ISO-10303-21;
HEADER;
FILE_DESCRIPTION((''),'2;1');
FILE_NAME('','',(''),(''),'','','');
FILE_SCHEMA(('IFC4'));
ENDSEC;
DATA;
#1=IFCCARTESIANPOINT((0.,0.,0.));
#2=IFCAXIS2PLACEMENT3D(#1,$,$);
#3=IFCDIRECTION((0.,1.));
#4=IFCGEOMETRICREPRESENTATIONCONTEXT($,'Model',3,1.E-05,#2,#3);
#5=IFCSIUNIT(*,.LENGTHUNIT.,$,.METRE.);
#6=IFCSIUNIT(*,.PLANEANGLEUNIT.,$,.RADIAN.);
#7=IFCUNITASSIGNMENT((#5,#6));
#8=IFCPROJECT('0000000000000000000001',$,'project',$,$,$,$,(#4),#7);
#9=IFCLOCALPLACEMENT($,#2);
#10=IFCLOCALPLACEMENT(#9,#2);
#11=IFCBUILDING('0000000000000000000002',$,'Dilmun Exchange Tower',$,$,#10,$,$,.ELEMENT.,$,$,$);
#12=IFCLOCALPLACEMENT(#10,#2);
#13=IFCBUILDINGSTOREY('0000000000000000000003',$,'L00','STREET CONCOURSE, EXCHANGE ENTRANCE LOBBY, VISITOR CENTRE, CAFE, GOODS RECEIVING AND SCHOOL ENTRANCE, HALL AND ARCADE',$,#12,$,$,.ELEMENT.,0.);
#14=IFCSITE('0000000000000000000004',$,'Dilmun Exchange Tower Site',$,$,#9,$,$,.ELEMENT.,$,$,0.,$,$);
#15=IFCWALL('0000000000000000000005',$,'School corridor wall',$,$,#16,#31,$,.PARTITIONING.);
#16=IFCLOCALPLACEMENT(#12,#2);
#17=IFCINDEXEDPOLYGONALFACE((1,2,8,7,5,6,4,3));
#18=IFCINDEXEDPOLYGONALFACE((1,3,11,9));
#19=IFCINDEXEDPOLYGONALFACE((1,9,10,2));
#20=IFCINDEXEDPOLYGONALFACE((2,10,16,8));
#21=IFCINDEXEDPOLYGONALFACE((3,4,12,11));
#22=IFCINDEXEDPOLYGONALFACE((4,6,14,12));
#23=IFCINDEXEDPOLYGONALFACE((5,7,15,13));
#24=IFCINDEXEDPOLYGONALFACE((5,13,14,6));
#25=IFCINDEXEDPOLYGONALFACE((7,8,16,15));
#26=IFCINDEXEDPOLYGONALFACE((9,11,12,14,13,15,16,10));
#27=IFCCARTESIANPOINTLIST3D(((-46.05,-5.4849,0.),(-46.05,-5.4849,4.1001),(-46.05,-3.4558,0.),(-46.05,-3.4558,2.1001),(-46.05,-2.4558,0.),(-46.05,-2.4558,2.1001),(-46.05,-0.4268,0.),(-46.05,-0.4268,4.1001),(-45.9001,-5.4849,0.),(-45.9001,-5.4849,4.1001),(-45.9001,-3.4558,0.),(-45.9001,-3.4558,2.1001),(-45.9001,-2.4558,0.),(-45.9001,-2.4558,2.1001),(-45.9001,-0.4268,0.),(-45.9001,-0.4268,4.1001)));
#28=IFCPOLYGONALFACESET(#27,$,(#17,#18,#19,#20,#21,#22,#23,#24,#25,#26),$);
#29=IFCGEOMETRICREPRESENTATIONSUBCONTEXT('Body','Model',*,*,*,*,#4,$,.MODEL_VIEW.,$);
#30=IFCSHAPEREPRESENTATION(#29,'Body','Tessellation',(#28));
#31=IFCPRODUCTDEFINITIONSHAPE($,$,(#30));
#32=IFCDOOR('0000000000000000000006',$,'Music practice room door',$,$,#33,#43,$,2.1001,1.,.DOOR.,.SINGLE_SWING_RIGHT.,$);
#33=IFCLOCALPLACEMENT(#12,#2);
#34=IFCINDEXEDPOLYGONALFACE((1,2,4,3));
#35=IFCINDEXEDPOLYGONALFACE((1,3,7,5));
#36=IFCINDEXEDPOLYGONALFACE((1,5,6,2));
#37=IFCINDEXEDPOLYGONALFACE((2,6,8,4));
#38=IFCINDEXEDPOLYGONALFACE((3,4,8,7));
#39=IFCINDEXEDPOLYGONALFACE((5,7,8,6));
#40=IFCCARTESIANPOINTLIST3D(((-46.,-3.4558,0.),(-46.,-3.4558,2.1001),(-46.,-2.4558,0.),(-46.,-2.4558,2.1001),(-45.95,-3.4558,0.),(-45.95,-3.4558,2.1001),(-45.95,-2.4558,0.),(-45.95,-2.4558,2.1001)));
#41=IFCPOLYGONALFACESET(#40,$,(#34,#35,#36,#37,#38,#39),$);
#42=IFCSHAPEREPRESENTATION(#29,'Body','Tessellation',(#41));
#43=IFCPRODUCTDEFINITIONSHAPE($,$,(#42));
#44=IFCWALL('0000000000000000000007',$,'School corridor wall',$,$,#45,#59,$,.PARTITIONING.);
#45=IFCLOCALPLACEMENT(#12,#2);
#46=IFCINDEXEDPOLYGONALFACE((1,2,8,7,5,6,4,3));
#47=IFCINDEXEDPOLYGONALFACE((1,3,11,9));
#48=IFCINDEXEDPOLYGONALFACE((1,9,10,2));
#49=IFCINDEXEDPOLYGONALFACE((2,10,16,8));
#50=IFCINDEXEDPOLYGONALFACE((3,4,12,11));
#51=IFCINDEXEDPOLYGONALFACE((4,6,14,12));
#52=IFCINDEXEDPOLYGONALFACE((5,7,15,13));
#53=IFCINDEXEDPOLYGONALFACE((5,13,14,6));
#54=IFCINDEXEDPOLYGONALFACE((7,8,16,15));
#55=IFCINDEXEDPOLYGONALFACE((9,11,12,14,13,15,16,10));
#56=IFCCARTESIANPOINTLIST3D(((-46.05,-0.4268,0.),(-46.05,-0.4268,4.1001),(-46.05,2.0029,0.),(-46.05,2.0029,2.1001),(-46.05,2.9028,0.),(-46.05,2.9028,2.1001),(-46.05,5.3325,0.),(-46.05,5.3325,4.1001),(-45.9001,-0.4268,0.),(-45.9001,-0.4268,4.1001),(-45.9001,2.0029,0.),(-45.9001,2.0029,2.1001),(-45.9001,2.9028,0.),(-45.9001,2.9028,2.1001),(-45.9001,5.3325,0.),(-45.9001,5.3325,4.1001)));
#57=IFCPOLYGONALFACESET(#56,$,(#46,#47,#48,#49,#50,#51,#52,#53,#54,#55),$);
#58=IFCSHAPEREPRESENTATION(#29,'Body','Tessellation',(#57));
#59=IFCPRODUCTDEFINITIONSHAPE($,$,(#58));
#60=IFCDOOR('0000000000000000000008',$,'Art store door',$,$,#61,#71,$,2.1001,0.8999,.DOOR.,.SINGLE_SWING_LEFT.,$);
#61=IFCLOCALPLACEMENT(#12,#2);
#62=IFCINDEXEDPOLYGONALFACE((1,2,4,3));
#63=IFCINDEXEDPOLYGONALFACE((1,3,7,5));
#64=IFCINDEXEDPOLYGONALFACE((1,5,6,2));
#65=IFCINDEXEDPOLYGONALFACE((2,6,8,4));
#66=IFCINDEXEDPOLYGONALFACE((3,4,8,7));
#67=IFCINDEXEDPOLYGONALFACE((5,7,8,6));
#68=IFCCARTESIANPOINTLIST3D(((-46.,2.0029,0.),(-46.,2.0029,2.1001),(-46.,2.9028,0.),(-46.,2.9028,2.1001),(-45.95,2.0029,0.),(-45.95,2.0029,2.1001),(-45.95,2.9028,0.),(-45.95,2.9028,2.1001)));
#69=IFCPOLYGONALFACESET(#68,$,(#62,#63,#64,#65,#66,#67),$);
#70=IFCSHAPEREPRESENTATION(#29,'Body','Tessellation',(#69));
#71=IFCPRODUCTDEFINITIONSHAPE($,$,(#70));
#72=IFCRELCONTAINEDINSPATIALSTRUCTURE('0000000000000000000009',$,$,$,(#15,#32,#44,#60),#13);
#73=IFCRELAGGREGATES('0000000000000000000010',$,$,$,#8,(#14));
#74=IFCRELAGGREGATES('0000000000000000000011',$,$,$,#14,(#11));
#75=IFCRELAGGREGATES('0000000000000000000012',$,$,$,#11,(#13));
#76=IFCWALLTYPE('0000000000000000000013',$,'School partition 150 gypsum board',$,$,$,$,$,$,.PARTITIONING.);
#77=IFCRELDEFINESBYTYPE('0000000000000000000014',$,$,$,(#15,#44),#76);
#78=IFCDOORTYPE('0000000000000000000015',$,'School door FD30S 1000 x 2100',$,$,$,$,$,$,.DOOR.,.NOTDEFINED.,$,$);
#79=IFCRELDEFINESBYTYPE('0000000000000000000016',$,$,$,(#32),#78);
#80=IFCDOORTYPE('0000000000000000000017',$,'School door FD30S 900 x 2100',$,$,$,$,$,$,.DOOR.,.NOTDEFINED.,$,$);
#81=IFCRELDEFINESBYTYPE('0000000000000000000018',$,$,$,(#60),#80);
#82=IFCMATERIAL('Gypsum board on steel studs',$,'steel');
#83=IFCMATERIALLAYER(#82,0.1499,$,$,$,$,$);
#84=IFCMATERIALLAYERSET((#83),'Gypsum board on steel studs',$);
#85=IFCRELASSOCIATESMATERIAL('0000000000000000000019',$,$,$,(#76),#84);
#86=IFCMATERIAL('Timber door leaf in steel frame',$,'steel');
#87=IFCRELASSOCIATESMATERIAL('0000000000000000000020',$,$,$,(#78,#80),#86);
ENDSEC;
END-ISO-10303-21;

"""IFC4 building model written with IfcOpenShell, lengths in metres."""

from ifc_helpers import new_model, si_unit, direction, frame, frame_2d, origin, place, context, subcontext, project, spatial, rectangle, extrude, material, layer, layer_set, type_object, element, fill, save


model = new_model("IFC4")

# Units and contexts
model_context = context("Model", 3, precision=1e-05, world=origin(), true_north=direction((0.0, 1.0)))
body_context = subcontext(model_context, "Body", "Model", "MODEL_VIEW")
ifc_project = project(units=[si_unit("LENGTHUNIT", "METRE"), si_unit("PLANEANGLEUNIT", "RADIAN")], contexts=[model_context])

# Site, building, storey
site_placement = place(None, origin())
site = spatial("IfcSite", under=ifc_project, at=site_placement, Name="Dilmun Exchange Tower Site", CompositionType="ELEMENT", RefElevation=0.0)
building_placement = place(site_placement, origin())
building = spatial("IfcBuilding", under=site, at=building_placement, Name="Dilmun Exchange Tower", CompositionType="ELEMENT")
storey_placement = place(building_placement, origin())
storey = spatial("IfcBuildingStorey", under=building, at=storey_placement, Name="L00", Description="STREET CONCOURSE, EXCHANGE ENTRANCE LOBBY, VISITOR CENTRE, CAFE, GOODS RECEIVING AND SCHOOL ENTRANCE, HALL AND ARCADE", CompositionType="ELEMENT", Elevation=0.0)

# Shared definitions
ifc_material_1 = material(Name="Gypsum board on steel studs", Category="steel")
ifc_layer_1 = layer(ifc_material_1, 0.1499)
ifc_layer_set_1 = layer_set([ifc_layer_1], Name="Gypsum board on steel studs")
wall_type_1 = type_object("IfcWallType", Name="School partition 150 gypsum board", PredefinedType="PARTITIONING", material=ifc_layer_set_1)

# Walls, openings, doors
ifc_material_2 = material(Name="Timber door leaf in steel frame", Category="steel")
door_type_1 = type_object("IfcDoorType", Name="School door FD30S 1000 x 2100", OperationType="NOTDEFINED", PredefinedType="DOOR", material=ifc_material_2)
wall_1_placement = place(storey_placement, frame((-45.9751, -5.4849, 0.0), z_axis=(0.0, 0.0, 1.0), x_axis=(0.0, 1.0, 0.0)))
wall_1 = element("IfcWall", 1, at=wall_1_placement, inside=storey, type_object=wall_type_1, Name="School corridor wall", PredefinedType="PARTITIONING", context=body_context, shape_type="SweptSolid", body=[
    extrude(rectangle(XDim=5.0581, YDim=0.1499, at=frame_2d((2.5291, 0.0))), origin(), (0.0, 0.0, 1.0), 4.1001),
])
opening_1_placement = place(wall_1_placement, frame((2.0291, 0.0, 0.0)))
opening_1 = element("IfcOpeningElement", 2, at=opening_1_placement, cuts=wall_1, PredefinedType="OPENING", context=body_context, shape_type="SweptSolid", body=[
    extrude(rectangle(XDim=1.0, YDim=2.1001, at=frame_2d((0.5, 1.05))), frame((0.0, 0.085, 0.0), z_axis=(0.0, -1.0, 0.0), x_axis=(1.0, 0.0, 0.0)), (0.0, 0.0, 1.0), 0.1699),
])
door_1_placement = place(opening_1_placement, origin())
door_1 = element("IfcDoor", 3, at=door_1_placement, inside=storey, type_object=door_type_1, Name="Music practice room door", OperationType="SINGLE_SWING_RIGHT", OverallHeight=2.1001, OverallWidth=1.0, PredefinedType="DOOR", context=body_context, shape_type="SweptSolid", body=[
    extrude(rectangle(XDim=1.0, YDim=2.1001, at=frame_2d((0.5, 1.05))), frame((0.0, 0.0249, 0.0), z_axis=(0.0, -1.0, 0.0), x_axis=(1.0, 0.0, 0.0)), (0.0, 0.0, 1.0), 0.05),
])
fill(opening_1, door_1)
wall_2_placement = place(storey_placement, frame((-45.9751, -0.4268, 0.0), z_axis=(0.0, 0.0, 1.0), x_axis=(0.0, 1.0, 0.0)))
wall_2 = element("IfcWall", 4, at=wall_2_placement, inside=storey, type_object=wall_type_1, Name="School corridor wall", PredefinedType="PARTITIONING", context=body_context, shape_type="SweptSolid", body=[
    extrude(rectangle(XDim=5.7593, YDim=0.1499, at=frame_2d((2.8796, 0.0))), origin(), (0.0, 0.0, 1.0), 4.1001),
])
opening_2_placement = place(wall_2_placement, frame((2.4297, 0.0, 0.0)))
opening_2 = element("IfcOpeningElement", 5, at=opening_2_placement, cuts=wall_2, PredefinedType="OPENING", context=body_context, shape_type="SweptSolid", body=[
    extrude(rectangle(XDim=0.8999, YDim=2.1001, at=frame_2d((0.45, 1.05))), frame((0.0, 0.085, 0.0), z_axis=(0.0, -1.0, 0.0), x_axis=(1.0, 0.0, 0.0)), (0.0, 0.0, 1.0), 0.1699),
])
door_type_2 = type_object("IfcDoorType", Name="School door FD30S 900 x 2100", OperationType="NOTDEFINED", PredefinedType="DOOR", material=ifc_material_2)
door_2_placement = place(opening_2_placement, origin())
door_2 = element("IfcDoor", 6, at=door_2_placement, inside=storey, type_object=door_type_2, Name="Art store door", OperationType="SINGLE_SWING_LEFT", OverallHeight=2.1001, OverallWidth=0.8999, PredefinedType="DOOR", context=body_context, shape_type="SweptSolid", body=[
    extrude(rectangle(XDim=0.8999, YDim=2.1001, at=frame_2d((0.45, 1.05))), frame((0.0, 0.0249, 0.0), z_axis=(0.0, -1.0, 0.0), x_axis=(1.0, 0.0, 0.0)), (0.0, 0.0, 1.0), 0.05),
])
fill(opening_2, door_2)

save(model, "model.ifc")
